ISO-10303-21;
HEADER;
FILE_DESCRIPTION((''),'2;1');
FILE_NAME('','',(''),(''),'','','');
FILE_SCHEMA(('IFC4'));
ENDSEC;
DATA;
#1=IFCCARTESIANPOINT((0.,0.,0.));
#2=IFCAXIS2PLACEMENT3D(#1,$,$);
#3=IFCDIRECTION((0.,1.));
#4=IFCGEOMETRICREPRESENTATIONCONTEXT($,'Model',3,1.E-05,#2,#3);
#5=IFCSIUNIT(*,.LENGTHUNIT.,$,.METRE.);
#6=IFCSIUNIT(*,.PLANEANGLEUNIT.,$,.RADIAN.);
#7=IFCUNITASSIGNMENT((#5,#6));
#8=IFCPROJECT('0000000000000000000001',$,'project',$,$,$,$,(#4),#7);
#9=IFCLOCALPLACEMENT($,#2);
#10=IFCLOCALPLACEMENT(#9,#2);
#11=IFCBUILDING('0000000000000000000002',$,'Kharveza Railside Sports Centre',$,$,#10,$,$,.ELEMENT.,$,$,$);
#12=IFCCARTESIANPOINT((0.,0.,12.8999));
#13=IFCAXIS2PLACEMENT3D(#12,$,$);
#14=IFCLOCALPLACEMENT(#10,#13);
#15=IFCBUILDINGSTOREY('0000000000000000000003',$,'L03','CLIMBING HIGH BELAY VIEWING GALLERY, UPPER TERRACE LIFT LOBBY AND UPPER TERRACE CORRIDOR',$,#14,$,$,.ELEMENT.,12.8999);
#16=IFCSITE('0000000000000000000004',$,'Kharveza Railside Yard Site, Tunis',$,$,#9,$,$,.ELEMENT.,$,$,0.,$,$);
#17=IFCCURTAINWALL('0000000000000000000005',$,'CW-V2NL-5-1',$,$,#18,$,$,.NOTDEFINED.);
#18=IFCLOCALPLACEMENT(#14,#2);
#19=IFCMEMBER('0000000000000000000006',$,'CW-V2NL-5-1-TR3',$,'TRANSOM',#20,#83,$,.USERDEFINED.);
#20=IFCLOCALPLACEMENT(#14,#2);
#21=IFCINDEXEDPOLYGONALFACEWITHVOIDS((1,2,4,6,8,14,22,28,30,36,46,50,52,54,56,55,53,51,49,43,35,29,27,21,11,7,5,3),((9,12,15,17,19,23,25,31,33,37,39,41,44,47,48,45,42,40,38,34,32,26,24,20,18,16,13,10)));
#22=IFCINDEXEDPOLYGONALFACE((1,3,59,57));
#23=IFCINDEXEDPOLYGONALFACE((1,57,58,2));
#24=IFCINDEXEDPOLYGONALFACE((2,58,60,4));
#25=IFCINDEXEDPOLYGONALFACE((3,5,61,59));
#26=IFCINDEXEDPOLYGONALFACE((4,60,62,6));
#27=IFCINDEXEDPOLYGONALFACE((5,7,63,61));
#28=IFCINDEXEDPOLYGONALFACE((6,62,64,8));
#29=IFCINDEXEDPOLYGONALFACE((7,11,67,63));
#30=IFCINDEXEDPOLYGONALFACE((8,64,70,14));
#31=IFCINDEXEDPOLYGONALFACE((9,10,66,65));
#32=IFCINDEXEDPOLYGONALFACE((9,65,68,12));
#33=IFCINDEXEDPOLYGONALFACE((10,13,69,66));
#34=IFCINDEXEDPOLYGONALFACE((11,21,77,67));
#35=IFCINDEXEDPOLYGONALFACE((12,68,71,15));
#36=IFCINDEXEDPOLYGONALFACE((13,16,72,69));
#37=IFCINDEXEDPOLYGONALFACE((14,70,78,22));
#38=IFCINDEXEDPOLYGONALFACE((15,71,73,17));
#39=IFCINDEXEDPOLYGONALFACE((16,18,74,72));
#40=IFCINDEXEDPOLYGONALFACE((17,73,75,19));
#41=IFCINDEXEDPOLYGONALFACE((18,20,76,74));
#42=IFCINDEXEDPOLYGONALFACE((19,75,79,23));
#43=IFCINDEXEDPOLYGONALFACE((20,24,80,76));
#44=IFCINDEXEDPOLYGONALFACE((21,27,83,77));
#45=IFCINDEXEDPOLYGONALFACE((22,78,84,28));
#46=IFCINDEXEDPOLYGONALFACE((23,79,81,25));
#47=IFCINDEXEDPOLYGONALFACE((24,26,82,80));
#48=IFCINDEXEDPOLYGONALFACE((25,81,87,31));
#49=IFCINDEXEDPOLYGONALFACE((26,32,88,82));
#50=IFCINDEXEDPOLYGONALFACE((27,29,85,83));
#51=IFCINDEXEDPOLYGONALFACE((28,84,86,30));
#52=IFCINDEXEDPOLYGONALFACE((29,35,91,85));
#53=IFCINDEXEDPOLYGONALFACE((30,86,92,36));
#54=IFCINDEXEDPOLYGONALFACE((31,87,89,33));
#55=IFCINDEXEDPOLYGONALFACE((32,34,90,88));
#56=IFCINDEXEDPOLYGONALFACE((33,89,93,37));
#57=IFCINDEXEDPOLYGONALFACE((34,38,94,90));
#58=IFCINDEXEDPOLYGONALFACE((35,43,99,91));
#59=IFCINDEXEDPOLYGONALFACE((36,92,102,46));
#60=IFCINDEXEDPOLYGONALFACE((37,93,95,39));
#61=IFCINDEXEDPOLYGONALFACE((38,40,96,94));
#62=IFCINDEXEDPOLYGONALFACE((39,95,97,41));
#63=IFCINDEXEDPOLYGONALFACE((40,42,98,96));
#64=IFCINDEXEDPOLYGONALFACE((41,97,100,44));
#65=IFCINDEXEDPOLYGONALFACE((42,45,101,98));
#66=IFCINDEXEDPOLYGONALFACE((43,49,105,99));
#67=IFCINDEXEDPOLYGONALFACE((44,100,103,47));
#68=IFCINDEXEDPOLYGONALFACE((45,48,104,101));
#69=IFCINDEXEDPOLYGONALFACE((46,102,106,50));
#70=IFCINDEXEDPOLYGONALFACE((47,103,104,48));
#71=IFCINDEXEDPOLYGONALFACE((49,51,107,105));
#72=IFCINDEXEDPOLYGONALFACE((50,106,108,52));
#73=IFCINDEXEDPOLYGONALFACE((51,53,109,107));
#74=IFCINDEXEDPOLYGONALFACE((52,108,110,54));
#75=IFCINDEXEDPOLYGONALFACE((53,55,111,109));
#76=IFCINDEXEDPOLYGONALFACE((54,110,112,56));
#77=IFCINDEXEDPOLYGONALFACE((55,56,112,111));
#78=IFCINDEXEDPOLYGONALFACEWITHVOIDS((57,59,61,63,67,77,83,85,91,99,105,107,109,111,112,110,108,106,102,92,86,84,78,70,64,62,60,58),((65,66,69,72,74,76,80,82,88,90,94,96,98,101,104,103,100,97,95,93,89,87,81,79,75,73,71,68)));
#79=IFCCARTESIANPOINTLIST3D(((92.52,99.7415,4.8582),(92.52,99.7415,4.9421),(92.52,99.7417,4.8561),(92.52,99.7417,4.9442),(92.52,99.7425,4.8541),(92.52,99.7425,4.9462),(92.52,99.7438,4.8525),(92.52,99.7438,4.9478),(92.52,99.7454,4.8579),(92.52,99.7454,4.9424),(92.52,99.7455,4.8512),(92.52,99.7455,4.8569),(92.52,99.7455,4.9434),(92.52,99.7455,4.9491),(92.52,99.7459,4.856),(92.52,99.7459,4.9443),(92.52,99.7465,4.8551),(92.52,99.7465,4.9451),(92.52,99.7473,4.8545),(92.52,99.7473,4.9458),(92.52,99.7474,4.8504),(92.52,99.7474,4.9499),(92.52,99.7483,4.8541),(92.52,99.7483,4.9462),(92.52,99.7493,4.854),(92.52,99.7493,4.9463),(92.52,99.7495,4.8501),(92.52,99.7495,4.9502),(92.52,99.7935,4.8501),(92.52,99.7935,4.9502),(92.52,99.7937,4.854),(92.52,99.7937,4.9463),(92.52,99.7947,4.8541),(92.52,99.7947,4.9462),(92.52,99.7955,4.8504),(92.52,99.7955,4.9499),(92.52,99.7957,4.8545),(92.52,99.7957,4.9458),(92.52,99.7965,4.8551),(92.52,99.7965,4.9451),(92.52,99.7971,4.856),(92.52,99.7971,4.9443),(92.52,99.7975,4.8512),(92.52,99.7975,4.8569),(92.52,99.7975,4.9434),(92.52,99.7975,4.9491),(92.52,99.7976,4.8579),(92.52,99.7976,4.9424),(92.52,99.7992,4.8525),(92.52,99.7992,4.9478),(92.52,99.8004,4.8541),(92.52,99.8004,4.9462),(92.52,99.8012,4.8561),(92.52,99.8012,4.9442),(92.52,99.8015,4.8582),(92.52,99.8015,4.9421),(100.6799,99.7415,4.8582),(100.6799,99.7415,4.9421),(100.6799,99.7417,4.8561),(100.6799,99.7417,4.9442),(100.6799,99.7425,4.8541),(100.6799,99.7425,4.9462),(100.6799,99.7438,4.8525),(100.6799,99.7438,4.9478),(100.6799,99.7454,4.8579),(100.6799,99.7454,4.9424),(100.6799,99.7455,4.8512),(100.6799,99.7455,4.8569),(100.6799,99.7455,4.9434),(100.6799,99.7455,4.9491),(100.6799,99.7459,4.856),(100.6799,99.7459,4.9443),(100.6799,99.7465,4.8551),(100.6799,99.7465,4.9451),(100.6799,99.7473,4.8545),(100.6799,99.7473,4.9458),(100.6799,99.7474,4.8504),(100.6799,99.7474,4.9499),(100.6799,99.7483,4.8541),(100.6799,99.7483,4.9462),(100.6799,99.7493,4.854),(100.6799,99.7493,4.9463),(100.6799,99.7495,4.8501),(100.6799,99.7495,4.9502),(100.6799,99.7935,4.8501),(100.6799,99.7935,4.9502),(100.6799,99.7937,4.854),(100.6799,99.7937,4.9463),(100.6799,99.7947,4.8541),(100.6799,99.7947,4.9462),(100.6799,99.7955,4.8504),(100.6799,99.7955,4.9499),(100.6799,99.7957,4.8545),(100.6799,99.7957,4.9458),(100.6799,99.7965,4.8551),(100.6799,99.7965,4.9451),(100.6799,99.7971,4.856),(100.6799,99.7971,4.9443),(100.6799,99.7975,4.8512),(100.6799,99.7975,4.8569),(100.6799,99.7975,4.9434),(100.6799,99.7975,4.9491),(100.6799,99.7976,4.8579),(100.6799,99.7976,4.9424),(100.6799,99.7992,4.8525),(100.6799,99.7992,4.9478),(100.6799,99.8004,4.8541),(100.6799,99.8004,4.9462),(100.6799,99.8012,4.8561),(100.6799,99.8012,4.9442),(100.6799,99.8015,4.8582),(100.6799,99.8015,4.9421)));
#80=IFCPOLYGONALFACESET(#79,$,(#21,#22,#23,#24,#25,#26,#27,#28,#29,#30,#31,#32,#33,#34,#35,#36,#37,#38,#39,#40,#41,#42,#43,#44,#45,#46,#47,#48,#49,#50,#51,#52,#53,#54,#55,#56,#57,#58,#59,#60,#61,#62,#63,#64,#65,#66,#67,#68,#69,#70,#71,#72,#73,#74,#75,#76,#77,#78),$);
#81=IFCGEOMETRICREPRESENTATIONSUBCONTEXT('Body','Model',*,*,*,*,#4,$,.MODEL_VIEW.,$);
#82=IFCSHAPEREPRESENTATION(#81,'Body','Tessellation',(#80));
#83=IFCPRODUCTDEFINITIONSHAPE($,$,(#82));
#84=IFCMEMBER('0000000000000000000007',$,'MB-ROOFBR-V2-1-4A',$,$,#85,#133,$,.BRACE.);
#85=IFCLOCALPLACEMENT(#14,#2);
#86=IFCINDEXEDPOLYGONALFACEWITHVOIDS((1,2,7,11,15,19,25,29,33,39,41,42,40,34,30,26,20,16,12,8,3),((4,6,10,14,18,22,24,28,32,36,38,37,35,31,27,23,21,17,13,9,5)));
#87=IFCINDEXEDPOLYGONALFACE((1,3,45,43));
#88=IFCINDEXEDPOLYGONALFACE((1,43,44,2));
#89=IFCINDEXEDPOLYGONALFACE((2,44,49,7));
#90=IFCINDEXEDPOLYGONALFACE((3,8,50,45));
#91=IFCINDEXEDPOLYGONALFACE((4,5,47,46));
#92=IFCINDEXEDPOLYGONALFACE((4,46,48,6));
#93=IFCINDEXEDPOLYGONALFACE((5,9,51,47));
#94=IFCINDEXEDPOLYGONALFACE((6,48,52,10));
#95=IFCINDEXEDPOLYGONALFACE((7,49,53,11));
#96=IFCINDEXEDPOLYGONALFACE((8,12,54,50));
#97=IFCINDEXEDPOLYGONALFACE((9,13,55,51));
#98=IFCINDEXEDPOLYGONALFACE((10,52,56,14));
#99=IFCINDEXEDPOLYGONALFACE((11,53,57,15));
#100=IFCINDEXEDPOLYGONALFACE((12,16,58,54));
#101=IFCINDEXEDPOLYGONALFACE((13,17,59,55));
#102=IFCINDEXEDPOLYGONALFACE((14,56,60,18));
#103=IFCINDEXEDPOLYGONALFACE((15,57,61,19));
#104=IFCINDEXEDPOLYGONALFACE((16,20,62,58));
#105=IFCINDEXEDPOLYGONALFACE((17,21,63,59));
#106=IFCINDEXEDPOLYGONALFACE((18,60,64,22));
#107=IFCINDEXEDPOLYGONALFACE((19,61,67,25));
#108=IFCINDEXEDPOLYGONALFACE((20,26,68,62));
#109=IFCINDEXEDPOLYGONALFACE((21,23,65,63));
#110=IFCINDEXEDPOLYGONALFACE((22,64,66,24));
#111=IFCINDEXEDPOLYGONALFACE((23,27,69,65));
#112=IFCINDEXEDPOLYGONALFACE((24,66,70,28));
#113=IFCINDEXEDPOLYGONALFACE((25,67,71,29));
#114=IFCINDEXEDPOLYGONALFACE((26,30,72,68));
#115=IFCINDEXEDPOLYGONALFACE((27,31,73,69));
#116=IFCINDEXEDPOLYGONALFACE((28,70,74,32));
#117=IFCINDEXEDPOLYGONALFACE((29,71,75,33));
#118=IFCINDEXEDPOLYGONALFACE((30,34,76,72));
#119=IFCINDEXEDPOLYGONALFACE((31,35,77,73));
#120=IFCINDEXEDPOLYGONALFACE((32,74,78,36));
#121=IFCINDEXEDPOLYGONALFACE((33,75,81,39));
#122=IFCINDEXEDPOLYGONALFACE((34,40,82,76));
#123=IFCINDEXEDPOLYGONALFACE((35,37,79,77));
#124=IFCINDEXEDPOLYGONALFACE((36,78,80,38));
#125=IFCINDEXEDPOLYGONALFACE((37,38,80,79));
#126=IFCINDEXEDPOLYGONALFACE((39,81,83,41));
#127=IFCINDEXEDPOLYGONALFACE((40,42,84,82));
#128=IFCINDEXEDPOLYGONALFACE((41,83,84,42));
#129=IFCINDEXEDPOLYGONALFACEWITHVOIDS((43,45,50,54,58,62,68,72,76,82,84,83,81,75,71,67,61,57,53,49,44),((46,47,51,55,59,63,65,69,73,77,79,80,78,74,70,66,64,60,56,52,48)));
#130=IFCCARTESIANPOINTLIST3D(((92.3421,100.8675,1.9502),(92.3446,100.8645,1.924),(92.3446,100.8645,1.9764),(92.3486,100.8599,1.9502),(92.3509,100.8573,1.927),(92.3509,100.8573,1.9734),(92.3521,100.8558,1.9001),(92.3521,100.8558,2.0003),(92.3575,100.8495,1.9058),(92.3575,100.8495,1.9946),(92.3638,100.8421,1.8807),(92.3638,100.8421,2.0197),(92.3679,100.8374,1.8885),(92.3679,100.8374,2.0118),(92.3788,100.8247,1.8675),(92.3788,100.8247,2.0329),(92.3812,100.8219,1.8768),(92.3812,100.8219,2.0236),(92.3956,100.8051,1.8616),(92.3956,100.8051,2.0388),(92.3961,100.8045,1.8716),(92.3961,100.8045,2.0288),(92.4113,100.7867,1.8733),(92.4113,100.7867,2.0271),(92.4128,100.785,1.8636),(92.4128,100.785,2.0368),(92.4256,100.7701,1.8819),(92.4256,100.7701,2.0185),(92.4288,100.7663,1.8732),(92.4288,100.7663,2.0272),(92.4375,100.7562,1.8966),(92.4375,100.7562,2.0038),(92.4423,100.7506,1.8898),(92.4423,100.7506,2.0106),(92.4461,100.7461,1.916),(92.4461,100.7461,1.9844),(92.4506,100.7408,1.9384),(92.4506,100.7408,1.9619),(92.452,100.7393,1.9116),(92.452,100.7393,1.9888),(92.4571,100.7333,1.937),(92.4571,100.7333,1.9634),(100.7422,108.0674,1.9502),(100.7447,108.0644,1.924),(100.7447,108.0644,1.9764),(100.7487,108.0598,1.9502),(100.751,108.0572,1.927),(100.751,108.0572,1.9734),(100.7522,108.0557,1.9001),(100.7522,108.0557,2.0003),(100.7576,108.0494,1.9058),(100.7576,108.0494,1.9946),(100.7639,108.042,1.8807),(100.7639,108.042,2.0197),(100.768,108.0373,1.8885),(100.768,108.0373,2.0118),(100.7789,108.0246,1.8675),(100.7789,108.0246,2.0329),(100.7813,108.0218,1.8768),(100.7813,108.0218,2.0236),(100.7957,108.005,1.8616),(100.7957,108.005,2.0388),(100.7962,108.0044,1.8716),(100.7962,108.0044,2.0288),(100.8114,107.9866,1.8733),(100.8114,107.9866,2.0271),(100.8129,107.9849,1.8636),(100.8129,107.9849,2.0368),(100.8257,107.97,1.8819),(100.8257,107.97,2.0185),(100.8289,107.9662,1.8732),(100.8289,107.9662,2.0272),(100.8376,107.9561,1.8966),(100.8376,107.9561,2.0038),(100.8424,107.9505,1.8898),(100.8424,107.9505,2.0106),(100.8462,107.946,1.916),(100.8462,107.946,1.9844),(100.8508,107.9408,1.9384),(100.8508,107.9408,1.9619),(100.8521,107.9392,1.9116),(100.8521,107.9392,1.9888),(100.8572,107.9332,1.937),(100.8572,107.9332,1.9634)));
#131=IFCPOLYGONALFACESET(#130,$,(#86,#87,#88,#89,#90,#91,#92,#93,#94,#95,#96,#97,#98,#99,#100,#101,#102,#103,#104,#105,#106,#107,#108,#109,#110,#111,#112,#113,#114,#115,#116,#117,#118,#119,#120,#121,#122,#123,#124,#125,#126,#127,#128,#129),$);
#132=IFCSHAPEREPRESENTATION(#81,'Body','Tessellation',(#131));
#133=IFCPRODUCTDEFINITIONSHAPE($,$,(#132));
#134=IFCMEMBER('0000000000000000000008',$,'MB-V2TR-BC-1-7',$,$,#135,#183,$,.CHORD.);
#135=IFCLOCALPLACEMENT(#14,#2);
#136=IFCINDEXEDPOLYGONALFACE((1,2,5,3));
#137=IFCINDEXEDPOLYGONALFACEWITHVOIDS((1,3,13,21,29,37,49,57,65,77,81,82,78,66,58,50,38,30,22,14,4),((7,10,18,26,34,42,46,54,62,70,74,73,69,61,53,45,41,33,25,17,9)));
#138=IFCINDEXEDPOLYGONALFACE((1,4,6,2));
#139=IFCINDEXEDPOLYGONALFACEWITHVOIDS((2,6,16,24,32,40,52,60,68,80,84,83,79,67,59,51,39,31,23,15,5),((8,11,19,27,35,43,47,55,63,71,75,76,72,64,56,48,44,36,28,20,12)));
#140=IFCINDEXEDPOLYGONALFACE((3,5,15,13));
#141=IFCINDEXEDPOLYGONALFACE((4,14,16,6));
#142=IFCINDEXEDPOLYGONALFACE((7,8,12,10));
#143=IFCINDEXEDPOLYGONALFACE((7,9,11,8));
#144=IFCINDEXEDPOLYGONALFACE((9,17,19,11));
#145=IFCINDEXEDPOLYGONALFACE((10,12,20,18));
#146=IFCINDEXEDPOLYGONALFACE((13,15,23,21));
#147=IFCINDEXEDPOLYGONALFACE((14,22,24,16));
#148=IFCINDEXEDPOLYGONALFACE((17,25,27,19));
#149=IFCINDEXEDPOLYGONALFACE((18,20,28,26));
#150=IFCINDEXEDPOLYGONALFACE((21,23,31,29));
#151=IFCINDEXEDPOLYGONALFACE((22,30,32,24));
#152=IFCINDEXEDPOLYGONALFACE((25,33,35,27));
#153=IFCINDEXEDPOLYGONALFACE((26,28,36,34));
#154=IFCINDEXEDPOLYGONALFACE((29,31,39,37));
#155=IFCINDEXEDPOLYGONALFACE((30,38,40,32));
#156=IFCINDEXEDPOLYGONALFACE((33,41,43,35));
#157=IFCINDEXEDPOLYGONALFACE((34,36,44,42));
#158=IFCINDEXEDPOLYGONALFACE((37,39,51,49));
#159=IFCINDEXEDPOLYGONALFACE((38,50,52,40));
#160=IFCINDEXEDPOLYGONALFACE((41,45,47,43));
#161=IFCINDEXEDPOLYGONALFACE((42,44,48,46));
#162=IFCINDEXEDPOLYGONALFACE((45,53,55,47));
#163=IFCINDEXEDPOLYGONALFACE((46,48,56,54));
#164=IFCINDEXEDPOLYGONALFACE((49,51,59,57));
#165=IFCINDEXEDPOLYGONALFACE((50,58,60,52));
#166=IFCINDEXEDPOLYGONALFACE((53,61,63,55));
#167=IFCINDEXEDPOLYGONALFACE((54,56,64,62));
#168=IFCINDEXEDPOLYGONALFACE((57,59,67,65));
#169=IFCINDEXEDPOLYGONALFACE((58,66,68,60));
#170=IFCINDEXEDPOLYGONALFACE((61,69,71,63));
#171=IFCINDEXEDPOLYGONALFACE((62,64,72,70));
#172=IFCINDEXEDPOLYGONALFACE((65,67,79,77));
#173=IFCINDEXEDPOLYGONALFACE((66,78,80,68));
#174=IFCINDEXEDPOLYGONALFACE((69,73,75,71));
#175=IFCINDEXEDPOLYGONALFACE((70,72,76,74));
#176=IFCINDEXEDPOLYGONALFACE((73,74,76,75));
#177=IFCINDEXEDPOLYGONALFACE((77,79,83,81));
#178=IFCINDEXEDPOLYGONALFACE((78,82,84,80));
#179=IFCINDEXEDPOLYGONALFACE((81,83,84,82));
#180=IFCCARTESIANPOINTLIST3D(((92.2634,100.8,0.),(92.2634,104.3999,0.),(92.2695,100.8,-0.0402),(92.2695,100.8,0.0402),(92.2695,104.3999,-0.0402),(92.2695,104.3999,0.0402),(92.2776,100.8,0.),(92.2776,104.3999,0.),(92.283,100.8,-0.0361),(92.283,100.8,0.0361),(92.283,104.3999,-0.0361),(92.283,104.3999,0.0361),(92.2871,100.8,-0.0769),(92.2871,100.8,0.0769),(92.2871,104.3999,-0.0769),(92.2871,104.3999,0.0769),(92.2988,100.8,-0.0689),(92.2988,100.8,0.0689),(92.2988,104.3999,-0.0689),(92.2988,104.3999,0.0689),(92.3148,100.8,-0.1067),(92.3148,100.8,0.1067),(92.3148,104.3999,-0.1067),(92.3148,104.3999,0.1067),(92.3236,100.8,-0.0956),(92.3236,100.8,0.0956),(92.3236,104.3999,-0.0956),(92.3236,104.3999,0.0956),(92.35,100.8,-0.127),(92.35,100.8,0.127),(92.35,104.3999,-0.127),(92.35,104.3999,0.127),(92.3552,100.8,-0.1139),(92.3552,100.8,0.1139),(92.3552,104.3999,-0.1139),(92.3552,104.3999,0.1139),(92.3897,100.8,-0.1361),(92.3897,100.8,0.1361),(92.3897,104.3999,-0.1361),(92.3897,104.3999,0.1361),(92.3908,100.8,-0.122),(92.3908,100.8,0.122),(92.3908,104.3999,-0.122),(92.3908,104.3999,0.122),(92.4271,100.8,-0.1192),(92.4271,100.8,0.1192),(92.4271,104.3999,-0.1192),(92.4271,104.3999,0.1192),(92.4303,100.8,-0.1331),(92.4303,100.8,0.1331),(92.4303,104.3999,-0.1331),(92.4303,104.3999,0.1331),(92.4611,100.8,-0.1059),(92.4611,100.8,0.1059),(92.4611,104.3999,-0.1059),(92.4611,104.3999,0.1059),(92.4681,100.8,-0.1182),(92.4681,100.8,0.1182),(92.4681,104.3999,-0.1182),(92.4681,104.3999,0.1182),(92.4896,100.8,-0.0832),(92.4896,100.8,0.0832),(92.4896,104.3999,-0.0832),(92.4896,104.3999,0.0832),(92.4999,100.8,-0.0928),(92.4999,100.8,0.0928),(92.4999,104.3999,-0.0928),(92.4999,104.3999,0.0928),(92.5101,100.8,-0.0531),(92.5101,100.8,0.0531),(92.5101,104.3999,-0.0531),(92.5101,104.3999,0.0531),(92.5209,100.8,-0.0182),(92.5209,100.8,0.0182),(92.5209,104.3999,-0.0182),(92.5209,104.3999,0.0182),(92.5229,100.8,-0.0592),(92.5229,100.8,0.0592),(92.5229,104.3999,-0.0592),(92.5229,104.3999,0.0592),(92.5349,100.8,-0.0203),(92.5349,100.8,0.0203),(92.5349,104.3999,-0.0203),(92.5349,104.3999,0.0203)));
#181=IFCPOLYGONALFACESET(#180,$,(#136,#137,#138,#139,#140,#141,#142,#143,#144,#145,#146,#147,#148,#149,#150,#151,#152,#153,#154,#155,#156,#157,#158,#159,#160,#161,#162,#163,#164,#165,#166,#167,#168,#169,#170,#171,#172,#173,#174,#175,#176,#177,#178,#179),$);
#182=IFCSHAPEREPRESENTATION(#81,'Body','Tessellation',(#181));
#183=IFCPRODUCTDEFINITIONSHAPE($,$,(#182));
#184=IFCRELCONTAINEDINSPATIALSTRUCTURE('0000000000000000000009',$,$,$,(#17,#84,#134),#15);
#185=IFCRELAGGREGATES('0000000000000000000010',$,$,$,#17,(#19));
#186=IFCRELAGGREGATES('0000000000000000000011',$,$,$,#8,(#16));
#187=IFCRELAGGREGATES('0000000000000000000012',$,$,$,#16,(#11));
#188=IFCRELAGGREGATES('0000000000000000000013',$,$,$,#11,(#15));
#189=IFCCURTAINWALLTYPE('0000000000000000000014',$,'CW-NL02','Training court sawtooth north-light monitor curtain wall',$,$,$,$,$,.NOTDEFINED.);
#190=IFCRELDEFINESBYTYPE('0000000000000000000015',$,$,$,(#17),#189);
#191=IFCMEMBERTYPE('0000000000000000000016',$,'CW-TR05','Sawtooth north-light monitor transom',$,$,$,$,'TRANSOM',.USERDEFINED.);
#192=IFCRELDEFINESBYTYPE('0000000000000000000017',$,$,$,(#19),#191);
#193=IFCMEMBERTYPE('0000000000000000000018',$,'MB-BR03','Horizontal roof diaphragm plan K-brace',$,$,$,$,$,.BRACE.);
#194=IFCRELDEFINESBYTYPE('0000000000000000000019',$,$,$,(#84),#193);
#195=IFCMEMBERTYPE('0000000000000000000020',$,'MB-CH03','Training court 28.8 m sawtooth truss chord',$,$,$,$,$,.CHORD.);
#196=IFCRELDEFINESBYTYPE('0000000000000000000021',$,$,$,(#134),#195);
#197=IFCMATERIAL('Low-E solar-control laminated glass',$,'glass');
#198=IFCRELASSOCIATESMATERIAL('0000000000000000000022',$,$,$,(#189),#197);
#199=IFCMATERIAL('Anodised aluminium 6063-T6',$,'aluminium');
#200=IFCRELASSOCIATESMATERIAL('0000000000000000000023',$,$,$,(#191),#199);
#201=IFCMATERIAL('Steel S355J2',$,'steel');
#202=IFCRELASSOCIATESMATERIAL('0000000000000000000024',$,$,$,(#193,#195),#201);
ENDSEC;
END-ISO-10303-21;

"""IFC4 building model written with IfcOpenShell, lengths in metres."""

from ifc_helpers import new_model, si_unit, direction, frame, origin, origin_2d, place, context, subcontext, project, spatial, hollow_rectangle, hollow_circle, extrude, material, material_profile, profile_set, type_object, element, aggregate, save


model = new_model("IFC4")

# Units and contexts
model_context = context("Model", 3, precision=1e-05, world=origin(), true_north=direction((0.0, 1.0)))
body_context = subcontext(model_context, "Body", "Model", "MODEL_VIEW")
ifc_project = project(units=[si_unit("LENGTHUNIT", "METRE"), si_unit("PLANEANGLEUNIT", "RADIAN")], contexts=[model_context])

# Site, building, storey
site_placement = place(None, origin())
site = spatial("IfcSite", under=ifc_project, at=site_placement, Name="Kharveza Railside Yard Site, Tunis", CompositionType="ELEMENT", RefElevation=0.0)
building_placement = place(site_placement, origin())
building = spatial("IfcBuilding", under=site, at=building_placement, Name="Kharveza Railside Sports Centre", CompositionType="ELEMENT")
storey_placement = place(building_placement, frame((0.0, 0.0, 12.8999)))
storey = spatial("IfcBuildingStorey", under=building, at=storey_placement, Name="L03", Description="CLIMBING HIGH BELAY VIEWING GALLERY, UPPER TERRACE LIFT LOBBY AND UPPER TERRACE CORRIDOR", CompositionType="ELEMENT", Elevation=12.8999)

# Shared definitions
ifc_material_1 = material(Name="Steel S355J2", Category="steel")

# Curtain wall, member
ifc_material_2 = material(Name="Low-E solar-control laminated glass", Category="glass")
curtain_wall_type = type_object("IfcCurtainWallType", Name="CW-NL02", Description="Training court sawtooth north-light monitor curtain wall", PredefinedType="NOTDEFINED", material=ifc_material_2)
curtain_wall_placement = place(storey_placement, origin())
curtain_wall = element("IfcCurtainWall", 1, at=curtain_wall_placement, inside=storey, type_object=curtain_wall_type, Name="CW-V2NL-5-1", PredefinedType="NOTDEFINED")
ifc_material_3 = material(Name="Anodised aluminium 6063-T6", Category="aluminium")
ifc_material_profile_1 = material_profile(ifc_material_3, hollow_rectangle(XDim=0.0601, YDim=0.1001, WallThickness=0.0039, InnerFilletRadius=0.0039, OuterFilletRadius=0.0081, at=origin_2d()), Name="RHS 60x100x4.0")
ifc_profile_set_1 = profile_set([ifc_material_profile_1], Name="Anodised aluminium 6063-T6")
member_type_1 = type_object("IfcMemberType", Name="CW-TR05", Description="Sawtooth north-light monitor transom", ElementType="TRANSOM", PredefinedType="USERDEFINED", material=ifc_profile_set_1)
member_1_placement = place(storey_placement, frame((92.52, 99.7715, 4.9001), z_axis=(1.0, 0.0, 0.0), x_axis=(0.0, 1.0, 0.0)))
member_1 = element("IfcMember", 2, at=member_1_placement, type_object=member_type_1, Name="CW-V2NL-5-1-TR3", ObjectType="TRANSOM", PredefinedType="USERDEFINED", context=body_context, shape_type="SweptSolid", body=[
    extrude(hollow_rectangle(XDim=0.0601, YDim=0.1001, WallThickness=0.0039, InnerFilletRadius=0.0039, OuterFilletRadius=0.0081, at=origin_2d()), origin(), (0.0, 0.0, 1.0), 8.1599),
])

# Members
ifc_material_profile_2 = material_profile(ifc_material_1, hollow_circle(Radius=0.0889, WallThickness=0.01, at=origin_2d()), Name="CHS 177.8x10.0")
ifc_profile_set_2 = profile_set([ifc_material_profile_2], Name="Steel S355J2")
member_type_2 = type_object("IfcMemberType", Name="MB-BR03", Description="Horizontal roof diaphragm plan K-brace", PredefinedType="BRACE", material=ifc_profile_set_2)
member_2_placement = place(storey_placement, frame((92.3999, 100.8, 1.9502), z_axis=(0.759264, 0.650782, 0.0), x_axis=(-0.650782, 0.759264, 0.0)))
element("IfcMember", 3, at=member_2_placement, inside=storey, type_object=member_type_2, Name="MB-ROOFBR-V2-1-4A", PredefinedType="BRACE", context=body_context, shape_type="SweptSolid", body=[
    extrude(hollow_circle(Radius=0.0889, WallThickness=0.01, at=origin_2d()), origin(), (0.0, 0.0, 1.0), 11.0635),
])
ifc_material_profile_3 = material_profile(ifc_material_1, hollow_circle(Radius=0.1365, WallThickness=0.0142, at=origin_2d()), Name="CHS 273.0x14.2")
ifc_profile_set_3 = profile_set([ifc_material_profile_3], Name="Steel S355J2")
member_type_3 = type_object("IfcMemberType", Name="MB-CH03", Description="Training court 28.8 m sawtooth truss chord", PredefinedType="CHORD", material=ifc_profile_set_3)
for number, where, z_axis, x_axis, name in (
    (4, (92.3999, 100.8, 0.0), (0.0, 1.0, 0.0), (-1.0, 0.0, 0.0), "MB-V2TR-BC-1-7"),
):
    element("IfcMember", number, at=place(storey_placement, frame(where, z_axis=z_axis, x_axis=x_axis)), inside=storey, type_object=member_type_3, Name=name, PredefinedType="CHORD", context=body_context, shape_type="SweptSolid", body=[
        extrude(hollow_circle(Radius=0.1365, WallThickness=0.0142, at=origin_2d()), origin(), (0.0, 0.0, 1.0), 3.5999),
    ])

aggregate(curtain_wall, [member_1])

save(model, "model.ifc")
